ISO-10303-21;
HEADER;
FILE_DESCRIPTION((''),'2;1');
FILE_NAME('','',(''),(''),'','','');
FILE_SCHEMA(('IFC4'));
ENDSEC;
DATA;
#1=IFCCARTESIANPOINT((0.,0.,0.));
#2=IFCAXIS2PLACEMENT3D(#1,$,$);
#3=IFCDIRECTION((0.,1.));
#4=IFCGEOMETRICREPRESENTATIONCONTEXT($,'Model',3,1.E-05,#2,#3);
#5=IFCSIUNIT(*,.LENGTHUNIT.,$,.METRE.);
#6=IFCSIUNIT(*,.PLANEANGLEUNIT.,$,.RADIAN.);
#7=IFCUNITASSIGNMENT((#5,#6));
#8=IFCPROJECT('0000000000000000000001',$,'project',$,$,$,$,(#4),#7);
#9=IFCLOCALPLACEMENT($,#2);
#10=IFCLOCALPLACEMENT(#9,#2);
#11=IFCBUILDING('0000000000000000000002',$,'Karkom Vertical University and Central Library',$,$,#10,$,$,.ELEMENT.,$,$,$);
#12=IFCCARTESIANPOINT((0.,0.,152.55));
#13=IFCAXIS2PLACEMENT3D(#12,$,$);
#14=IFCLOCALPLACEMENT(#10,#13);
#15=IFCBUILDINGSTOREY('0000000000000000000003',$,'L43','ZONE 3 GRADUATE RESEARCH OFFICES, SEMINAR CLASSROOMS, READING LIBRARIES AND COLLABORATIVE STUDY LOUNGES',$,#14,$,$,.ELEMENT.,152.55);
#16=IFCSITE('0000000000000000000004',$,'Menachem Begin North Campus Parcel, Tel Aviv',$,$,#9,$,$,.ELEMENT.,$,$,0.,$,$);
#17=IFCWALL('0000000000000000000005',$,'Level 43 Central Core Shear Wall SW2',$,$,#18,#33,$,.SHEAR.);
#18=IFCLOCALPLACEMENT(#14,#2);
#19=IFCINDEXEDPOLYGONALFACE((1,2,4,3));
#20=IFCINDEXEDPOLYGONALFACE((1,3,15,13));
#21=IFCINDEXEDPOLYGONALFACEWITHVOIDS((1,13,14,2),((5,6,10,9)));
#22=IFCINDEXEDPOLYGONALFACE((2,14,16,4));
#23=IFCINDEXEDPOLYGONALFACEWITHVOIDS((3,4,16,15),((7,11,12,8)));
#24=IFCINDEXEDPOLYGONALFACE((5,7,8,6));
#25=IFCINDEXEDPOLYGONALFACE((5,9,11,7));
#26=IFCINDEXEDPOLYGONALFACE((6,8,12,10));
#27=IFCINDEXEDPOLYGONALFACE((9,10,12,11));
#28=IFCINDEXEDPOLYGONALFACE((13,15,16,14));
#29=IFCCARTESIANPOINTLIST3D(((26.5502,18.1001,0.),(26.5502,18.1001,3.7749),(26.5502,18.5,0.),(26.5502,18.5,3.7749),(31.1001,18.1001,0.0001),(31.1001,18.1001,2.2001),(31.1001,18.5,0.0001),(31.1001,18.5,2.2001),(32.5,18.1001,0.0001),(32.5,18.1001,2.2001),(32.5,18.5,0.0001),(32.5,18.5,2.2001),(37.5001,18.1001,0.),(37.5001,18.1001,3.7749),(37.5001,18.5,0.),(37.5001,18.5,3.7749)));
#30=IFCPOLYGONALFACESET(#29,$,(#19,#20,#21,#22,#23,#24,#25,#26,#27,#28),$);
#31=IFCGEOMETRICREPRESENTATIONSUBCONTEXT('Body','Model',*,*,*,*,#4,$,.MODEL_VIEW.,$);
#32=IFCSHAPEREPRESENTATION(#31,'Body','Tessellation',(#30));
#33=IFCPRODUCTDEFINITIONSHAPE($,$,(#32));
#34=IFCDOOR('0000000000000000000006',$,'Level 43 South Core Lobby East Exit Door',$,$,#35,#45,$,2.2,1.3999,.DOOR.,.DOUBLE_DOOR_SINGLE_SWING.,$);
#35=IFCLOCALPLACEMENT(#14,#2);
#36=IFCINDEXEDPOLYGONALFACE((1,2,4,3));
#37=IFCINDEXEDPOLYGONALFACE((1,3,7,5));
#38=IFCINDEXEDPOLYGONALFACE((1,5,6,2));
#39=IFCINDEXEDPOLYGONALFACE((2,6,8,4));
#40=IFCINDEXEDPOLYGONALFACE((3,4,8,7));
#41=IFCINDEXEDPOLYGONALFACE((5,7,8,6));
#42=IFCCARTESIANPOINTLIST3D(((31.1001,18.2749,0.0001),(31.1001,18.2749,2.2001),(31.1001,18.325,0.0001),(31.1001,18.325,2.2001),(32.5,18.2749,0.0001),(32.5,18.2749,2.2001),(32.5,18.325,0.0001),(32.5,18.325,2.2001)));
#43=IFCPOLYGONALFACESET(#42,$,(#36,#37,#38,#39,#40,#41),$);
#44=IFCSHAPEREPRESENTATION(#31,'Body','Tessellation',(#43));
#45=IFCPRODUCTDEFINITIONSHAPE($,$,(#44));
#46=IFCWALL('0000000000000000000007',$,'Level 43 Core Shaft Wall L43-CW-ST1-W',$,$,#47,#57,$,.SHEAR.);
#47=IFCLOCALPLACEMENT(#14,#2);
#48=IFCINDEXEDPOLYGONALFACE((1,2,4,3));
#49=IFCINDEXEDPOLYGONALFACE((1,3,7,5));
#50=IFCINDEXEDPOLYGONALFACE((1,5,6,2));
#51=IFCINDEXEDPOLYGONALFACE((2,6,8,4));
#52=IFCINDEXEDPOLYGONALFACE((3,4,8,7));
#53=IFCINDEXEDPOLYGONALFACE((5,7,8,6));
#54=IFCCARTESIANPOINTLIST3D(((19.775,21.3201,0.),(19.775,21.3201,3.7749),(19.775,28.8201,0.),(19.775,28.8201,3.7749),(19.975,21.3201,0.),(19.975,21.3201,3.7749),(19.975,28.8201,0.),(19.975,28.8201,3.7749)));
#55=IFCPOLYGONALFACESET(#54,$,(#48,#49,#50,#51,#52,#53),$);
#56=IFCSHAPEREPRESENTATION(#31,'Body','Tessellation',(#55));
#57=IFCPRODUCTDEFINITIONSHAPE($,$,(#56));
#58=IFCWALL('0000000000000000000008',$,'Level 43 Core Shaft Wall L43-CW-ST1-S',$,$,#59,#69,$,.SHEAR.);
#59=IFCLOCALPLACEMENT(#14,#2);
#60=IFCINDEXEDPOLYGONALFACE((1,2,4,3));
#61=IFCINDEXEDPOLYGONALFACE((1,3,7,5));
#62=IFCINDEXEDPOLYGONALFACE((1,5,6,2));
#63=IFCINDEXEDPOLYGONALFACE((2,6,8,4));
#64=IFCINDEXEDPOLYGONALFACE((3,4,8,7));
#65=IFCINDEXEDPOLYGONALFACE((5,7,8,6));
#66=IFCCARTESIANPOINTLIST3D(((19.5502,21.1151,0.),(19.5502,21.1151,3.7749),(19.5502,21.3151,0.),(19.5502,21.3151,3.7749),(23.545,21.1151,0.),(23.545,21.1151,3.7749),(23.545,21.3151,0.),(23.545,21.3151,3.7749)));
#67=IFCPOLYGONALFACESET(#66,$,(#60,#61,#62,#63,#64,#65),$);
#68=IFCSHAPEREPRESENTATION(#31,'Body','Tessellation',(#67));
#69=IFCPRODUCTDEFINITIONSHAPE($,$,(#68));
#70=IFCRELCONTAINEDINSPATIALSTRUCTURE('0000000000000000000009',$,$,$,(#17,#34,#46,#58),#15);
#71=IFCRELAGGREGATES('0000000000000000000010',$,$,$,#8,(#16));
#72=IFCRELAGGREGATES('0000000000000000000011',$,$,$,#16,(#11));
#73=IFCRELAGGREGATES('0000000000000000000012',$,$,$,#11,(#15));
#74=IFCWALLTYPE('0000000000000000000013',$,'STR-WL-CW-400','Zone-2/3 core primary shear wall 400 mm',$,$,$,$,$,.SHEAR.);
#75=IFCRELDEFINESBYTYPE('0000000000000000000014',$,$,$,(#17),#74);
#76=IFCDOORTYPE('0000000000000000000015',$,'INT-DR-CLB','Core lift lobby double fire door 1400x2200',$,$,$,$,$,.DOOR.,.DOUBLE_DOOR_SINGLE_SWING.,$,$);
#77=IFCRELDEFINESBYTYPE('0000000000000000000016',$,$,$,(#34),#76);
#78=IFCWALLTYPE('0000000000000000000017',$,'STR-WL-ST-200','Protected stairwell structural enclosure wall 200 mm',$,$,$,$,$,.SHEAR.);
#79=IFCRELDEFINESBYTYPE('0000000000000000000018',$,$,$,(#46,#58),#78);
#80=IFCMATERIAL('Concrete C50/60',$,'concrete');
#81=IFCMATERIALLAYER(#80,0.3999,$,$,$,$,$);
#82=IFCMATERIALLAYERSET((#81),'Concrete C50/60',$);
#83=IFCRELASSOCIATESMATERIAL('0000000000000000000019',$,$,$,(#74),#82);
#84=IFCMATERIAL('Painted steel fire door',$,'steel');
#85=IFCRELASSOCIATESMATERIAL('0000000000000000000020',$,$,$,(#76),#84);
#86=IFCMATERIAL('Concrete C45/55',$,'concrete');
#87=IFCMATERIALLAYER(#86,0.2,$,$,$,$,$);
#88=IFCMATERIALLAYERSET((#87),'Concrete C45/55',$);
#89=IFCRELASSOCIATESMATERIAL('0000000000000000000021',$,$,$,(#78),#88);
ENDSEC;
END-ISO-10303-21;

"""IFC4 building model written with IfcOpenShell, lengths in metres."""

from ifc_helpers import new_model, si_unit, direction, frame, frame_2d, origin, origin_with_axes, place, context, subcontext, project, spatial, rectangle, extrude, source, transform, mapped, material, layer, layer_set, type_object, element, fill, save


model = new_model("IFC4")

# Units and contexts
model_context = context("Model", 3, precision=1e-05, world=origin(), true_north=direction((0.0, 1.0)))
body_context = subcontext(model_context, "Body", "Model", "MODEL_VIEW")
ifc_project = project(units=[si_unit("LENGTHUNIT", "METRE"), si_unit("PLANEANGLEUNIT", "RADIAN")], contexts=[model_context])

# Site, building, storey
site_placement = place(None, origin())
site = spatial("IfcSite", under=ifc_project, at=site_placement, Name="Menachem Begin North Campus Parcel, Tel Aviv", CompositionType="ELEMENT", RefElevation=0.0)
building_placement = place(site_placement, origin())
building = spatial("IfcBuilding", under=site, at=building_placement, Name="Karkom Vertical University and Central Library", CompositionType="ELEMENT")
storey_placement = place(building_placement, frame((0.0, 0.0, 152.55)))
storey = spatial("IfcBuildingStorey", under=building, at=storey_placement, Name="L43", Description="ZONE 3 GRADUATE RESEARCH OFFICES, SEMINAR CLASSROOMS, READING LIBRARIES AND COLLABORATIVE STUDY LOUNGES", CompositionType="ELEMENT", Elevation=152.55)

# Shared definitions
ifc_material_1 = material(Name="Concrete C50/60", Category="concrete")

# Wall, opening, door
ifc_layer_1 = layer(ifc_material_1, 0.3999)
ifc_layer_set_1 = layer_set([ifc_layer_1], Name="Concrete C50/60")
wall_type_1 = type_object("IfcWallType", Name="STR-WL-CW-400", Description="Zone-2/3 core primary shear wall 400 mm", PredefinedType="SHEAR", material=ifc_layer_set_1)
wall_1_placement = place(storey_placement, frame((26.55, 18.3, 0.0), z_axis=(0.0, 0.0, 1.0), x_axis=(1.0, 0.0, 0.0)))
wall_1 = element("IfcWall", 1, at=wall_1_placement, inside=storey, type_object=wall_type_1, Name="Level 43 Central Core Shear Wall SW2", PredefinedType="SHEAR", context=body_context, shape_type="SweptSolid", body=[
    extrude(rectangle(XDim=10.95, YDim=0.3999, at=frame_2d((5.4751, 0.0))), origin(), (0.0, 0.0, 1.0), 3.7749),
])
opening_1_placement = place(wall_1_placement, frame((4.55, 0.0, 0.0)))
opening_1 = element("IfcOpeningElement", 2, at=opening_1_placement, cuts=wall_1, PredefinedType="OPENING", context=body_context, shape_type="SweptSolid", body=[
    extrude(rectangle(XDim=1.3999, YDim=2.2, at=frame_2d((0.7, 1.1001))), frame((0.0, 0.21, 0.0), z_axis=(0.0, -1.0, 0.0), x_axis=(1.0, 0.0, 0.0)), (0.0, 0.0, 1.0), 0.4199),
])
ifc_material_2 = material(Name="Painted steel fire door", Category="steel")
door_type_1 = type_object("IfcDoorType", Name="INT-DR-CLB", Description="Core lift lobby double fire door 1400x2200", OperationType="DOUBLE_DOOR_SINGLE_SWING", PredefinedType="DOOR", material=ifc_material_2)
shared_shape_1 = source(origin_with_axes(), body_context, "Body", "SweptSolid", [
    extrude(rectangle(XDim=1.3999, YDim=2.2, at=frame_2d((0.7, 1.1001))), frame((0.0, 0.0249, 0.0), z_axis=(0.0, -1.0, 0.0), x_axis=(1.0, 0.0, 0.0)), (0.0, 0.0, 1.0), 0.05),
])
door_1_placement = place(opening_1_placement, origin())
door_1 = element("IfcDoor", 3, at=door_1_placement, inside=storey, type_object=door_type_1, Name="Level 43 South Core Lobby East Exit Door", OperationType="DOUBLE_DOOR_SINGLE_SWING", OverallHeight=2.2, OverallWidth=1.3999, PredefinedType="DOOR", context=body_context, shape_type="MappedRepresentation", body=[
    mapped(shared_shape_1, transform((0.0, 0.0, 0.0), scale=1.0)),
])
fill(opening_1, door_1)

# Shared definitions
ifc_material_3 = material(Name="Concrete C45/55", Category="concrete")
ifc_layer_2 = layer(ifc_material_3, 0.2)
ifc_layer_set_2 = layer_set([ifc_layer_2], Name="Concrete C45/55")
wall_type_2 = type_object("IfcWallType", Name="STR-WL-ST-200", Description="Protected stairwell structural enclosure wall 200 mm", PredefinedType="SHEAR", material=ifc_layer_set_2)

# Walls
wall_2_placement = place(storey_placement, frame((19.875, 21.3201, 0.0), z_axis=(0.0, 0.0, 1.0), x_axis=(0.0, 1.0, 0.0)))
element("IfcWall", 4, at=wall_2_placement, inside=storey, type_object=wall_type_2, Name="Level 43 Core Shaft Wall L43-CW-ST1-W", PredefinedType="SHEAR", context=body_context, shape_type="SweptSolid", body=[
    extrude(rectangle(XDim=7.5, YDim=0.2, at=frame_2d((3.75, 0.0))), origin(), (0.0, 0.0, 1.0), 3.7749),
])
wall_3_placement = place(storey_placement, frame((19.55, 21.2151, 0.0), z_axis=(0.0, 0.0, 1.0), x_axis=(1.0, 0.0, 0.0)))
element("IfcWall", 5, at=wall_3_placement, inside=storey, type_object=wall_type_2, Name="Level 43 Core Shaft Wall L43-CW-ST1-S", PredefinedType="SHEAR", context=body_context, shape_type="SweptSolid", body=[
    extrude(rectangle(XDim=3.9949, YDim=0.2, at=frame_2d((1.9976, 0.0))), origin(), (0.0, 0.0, 1.0), 3.7749),
])

save(model, "model.ifc")
